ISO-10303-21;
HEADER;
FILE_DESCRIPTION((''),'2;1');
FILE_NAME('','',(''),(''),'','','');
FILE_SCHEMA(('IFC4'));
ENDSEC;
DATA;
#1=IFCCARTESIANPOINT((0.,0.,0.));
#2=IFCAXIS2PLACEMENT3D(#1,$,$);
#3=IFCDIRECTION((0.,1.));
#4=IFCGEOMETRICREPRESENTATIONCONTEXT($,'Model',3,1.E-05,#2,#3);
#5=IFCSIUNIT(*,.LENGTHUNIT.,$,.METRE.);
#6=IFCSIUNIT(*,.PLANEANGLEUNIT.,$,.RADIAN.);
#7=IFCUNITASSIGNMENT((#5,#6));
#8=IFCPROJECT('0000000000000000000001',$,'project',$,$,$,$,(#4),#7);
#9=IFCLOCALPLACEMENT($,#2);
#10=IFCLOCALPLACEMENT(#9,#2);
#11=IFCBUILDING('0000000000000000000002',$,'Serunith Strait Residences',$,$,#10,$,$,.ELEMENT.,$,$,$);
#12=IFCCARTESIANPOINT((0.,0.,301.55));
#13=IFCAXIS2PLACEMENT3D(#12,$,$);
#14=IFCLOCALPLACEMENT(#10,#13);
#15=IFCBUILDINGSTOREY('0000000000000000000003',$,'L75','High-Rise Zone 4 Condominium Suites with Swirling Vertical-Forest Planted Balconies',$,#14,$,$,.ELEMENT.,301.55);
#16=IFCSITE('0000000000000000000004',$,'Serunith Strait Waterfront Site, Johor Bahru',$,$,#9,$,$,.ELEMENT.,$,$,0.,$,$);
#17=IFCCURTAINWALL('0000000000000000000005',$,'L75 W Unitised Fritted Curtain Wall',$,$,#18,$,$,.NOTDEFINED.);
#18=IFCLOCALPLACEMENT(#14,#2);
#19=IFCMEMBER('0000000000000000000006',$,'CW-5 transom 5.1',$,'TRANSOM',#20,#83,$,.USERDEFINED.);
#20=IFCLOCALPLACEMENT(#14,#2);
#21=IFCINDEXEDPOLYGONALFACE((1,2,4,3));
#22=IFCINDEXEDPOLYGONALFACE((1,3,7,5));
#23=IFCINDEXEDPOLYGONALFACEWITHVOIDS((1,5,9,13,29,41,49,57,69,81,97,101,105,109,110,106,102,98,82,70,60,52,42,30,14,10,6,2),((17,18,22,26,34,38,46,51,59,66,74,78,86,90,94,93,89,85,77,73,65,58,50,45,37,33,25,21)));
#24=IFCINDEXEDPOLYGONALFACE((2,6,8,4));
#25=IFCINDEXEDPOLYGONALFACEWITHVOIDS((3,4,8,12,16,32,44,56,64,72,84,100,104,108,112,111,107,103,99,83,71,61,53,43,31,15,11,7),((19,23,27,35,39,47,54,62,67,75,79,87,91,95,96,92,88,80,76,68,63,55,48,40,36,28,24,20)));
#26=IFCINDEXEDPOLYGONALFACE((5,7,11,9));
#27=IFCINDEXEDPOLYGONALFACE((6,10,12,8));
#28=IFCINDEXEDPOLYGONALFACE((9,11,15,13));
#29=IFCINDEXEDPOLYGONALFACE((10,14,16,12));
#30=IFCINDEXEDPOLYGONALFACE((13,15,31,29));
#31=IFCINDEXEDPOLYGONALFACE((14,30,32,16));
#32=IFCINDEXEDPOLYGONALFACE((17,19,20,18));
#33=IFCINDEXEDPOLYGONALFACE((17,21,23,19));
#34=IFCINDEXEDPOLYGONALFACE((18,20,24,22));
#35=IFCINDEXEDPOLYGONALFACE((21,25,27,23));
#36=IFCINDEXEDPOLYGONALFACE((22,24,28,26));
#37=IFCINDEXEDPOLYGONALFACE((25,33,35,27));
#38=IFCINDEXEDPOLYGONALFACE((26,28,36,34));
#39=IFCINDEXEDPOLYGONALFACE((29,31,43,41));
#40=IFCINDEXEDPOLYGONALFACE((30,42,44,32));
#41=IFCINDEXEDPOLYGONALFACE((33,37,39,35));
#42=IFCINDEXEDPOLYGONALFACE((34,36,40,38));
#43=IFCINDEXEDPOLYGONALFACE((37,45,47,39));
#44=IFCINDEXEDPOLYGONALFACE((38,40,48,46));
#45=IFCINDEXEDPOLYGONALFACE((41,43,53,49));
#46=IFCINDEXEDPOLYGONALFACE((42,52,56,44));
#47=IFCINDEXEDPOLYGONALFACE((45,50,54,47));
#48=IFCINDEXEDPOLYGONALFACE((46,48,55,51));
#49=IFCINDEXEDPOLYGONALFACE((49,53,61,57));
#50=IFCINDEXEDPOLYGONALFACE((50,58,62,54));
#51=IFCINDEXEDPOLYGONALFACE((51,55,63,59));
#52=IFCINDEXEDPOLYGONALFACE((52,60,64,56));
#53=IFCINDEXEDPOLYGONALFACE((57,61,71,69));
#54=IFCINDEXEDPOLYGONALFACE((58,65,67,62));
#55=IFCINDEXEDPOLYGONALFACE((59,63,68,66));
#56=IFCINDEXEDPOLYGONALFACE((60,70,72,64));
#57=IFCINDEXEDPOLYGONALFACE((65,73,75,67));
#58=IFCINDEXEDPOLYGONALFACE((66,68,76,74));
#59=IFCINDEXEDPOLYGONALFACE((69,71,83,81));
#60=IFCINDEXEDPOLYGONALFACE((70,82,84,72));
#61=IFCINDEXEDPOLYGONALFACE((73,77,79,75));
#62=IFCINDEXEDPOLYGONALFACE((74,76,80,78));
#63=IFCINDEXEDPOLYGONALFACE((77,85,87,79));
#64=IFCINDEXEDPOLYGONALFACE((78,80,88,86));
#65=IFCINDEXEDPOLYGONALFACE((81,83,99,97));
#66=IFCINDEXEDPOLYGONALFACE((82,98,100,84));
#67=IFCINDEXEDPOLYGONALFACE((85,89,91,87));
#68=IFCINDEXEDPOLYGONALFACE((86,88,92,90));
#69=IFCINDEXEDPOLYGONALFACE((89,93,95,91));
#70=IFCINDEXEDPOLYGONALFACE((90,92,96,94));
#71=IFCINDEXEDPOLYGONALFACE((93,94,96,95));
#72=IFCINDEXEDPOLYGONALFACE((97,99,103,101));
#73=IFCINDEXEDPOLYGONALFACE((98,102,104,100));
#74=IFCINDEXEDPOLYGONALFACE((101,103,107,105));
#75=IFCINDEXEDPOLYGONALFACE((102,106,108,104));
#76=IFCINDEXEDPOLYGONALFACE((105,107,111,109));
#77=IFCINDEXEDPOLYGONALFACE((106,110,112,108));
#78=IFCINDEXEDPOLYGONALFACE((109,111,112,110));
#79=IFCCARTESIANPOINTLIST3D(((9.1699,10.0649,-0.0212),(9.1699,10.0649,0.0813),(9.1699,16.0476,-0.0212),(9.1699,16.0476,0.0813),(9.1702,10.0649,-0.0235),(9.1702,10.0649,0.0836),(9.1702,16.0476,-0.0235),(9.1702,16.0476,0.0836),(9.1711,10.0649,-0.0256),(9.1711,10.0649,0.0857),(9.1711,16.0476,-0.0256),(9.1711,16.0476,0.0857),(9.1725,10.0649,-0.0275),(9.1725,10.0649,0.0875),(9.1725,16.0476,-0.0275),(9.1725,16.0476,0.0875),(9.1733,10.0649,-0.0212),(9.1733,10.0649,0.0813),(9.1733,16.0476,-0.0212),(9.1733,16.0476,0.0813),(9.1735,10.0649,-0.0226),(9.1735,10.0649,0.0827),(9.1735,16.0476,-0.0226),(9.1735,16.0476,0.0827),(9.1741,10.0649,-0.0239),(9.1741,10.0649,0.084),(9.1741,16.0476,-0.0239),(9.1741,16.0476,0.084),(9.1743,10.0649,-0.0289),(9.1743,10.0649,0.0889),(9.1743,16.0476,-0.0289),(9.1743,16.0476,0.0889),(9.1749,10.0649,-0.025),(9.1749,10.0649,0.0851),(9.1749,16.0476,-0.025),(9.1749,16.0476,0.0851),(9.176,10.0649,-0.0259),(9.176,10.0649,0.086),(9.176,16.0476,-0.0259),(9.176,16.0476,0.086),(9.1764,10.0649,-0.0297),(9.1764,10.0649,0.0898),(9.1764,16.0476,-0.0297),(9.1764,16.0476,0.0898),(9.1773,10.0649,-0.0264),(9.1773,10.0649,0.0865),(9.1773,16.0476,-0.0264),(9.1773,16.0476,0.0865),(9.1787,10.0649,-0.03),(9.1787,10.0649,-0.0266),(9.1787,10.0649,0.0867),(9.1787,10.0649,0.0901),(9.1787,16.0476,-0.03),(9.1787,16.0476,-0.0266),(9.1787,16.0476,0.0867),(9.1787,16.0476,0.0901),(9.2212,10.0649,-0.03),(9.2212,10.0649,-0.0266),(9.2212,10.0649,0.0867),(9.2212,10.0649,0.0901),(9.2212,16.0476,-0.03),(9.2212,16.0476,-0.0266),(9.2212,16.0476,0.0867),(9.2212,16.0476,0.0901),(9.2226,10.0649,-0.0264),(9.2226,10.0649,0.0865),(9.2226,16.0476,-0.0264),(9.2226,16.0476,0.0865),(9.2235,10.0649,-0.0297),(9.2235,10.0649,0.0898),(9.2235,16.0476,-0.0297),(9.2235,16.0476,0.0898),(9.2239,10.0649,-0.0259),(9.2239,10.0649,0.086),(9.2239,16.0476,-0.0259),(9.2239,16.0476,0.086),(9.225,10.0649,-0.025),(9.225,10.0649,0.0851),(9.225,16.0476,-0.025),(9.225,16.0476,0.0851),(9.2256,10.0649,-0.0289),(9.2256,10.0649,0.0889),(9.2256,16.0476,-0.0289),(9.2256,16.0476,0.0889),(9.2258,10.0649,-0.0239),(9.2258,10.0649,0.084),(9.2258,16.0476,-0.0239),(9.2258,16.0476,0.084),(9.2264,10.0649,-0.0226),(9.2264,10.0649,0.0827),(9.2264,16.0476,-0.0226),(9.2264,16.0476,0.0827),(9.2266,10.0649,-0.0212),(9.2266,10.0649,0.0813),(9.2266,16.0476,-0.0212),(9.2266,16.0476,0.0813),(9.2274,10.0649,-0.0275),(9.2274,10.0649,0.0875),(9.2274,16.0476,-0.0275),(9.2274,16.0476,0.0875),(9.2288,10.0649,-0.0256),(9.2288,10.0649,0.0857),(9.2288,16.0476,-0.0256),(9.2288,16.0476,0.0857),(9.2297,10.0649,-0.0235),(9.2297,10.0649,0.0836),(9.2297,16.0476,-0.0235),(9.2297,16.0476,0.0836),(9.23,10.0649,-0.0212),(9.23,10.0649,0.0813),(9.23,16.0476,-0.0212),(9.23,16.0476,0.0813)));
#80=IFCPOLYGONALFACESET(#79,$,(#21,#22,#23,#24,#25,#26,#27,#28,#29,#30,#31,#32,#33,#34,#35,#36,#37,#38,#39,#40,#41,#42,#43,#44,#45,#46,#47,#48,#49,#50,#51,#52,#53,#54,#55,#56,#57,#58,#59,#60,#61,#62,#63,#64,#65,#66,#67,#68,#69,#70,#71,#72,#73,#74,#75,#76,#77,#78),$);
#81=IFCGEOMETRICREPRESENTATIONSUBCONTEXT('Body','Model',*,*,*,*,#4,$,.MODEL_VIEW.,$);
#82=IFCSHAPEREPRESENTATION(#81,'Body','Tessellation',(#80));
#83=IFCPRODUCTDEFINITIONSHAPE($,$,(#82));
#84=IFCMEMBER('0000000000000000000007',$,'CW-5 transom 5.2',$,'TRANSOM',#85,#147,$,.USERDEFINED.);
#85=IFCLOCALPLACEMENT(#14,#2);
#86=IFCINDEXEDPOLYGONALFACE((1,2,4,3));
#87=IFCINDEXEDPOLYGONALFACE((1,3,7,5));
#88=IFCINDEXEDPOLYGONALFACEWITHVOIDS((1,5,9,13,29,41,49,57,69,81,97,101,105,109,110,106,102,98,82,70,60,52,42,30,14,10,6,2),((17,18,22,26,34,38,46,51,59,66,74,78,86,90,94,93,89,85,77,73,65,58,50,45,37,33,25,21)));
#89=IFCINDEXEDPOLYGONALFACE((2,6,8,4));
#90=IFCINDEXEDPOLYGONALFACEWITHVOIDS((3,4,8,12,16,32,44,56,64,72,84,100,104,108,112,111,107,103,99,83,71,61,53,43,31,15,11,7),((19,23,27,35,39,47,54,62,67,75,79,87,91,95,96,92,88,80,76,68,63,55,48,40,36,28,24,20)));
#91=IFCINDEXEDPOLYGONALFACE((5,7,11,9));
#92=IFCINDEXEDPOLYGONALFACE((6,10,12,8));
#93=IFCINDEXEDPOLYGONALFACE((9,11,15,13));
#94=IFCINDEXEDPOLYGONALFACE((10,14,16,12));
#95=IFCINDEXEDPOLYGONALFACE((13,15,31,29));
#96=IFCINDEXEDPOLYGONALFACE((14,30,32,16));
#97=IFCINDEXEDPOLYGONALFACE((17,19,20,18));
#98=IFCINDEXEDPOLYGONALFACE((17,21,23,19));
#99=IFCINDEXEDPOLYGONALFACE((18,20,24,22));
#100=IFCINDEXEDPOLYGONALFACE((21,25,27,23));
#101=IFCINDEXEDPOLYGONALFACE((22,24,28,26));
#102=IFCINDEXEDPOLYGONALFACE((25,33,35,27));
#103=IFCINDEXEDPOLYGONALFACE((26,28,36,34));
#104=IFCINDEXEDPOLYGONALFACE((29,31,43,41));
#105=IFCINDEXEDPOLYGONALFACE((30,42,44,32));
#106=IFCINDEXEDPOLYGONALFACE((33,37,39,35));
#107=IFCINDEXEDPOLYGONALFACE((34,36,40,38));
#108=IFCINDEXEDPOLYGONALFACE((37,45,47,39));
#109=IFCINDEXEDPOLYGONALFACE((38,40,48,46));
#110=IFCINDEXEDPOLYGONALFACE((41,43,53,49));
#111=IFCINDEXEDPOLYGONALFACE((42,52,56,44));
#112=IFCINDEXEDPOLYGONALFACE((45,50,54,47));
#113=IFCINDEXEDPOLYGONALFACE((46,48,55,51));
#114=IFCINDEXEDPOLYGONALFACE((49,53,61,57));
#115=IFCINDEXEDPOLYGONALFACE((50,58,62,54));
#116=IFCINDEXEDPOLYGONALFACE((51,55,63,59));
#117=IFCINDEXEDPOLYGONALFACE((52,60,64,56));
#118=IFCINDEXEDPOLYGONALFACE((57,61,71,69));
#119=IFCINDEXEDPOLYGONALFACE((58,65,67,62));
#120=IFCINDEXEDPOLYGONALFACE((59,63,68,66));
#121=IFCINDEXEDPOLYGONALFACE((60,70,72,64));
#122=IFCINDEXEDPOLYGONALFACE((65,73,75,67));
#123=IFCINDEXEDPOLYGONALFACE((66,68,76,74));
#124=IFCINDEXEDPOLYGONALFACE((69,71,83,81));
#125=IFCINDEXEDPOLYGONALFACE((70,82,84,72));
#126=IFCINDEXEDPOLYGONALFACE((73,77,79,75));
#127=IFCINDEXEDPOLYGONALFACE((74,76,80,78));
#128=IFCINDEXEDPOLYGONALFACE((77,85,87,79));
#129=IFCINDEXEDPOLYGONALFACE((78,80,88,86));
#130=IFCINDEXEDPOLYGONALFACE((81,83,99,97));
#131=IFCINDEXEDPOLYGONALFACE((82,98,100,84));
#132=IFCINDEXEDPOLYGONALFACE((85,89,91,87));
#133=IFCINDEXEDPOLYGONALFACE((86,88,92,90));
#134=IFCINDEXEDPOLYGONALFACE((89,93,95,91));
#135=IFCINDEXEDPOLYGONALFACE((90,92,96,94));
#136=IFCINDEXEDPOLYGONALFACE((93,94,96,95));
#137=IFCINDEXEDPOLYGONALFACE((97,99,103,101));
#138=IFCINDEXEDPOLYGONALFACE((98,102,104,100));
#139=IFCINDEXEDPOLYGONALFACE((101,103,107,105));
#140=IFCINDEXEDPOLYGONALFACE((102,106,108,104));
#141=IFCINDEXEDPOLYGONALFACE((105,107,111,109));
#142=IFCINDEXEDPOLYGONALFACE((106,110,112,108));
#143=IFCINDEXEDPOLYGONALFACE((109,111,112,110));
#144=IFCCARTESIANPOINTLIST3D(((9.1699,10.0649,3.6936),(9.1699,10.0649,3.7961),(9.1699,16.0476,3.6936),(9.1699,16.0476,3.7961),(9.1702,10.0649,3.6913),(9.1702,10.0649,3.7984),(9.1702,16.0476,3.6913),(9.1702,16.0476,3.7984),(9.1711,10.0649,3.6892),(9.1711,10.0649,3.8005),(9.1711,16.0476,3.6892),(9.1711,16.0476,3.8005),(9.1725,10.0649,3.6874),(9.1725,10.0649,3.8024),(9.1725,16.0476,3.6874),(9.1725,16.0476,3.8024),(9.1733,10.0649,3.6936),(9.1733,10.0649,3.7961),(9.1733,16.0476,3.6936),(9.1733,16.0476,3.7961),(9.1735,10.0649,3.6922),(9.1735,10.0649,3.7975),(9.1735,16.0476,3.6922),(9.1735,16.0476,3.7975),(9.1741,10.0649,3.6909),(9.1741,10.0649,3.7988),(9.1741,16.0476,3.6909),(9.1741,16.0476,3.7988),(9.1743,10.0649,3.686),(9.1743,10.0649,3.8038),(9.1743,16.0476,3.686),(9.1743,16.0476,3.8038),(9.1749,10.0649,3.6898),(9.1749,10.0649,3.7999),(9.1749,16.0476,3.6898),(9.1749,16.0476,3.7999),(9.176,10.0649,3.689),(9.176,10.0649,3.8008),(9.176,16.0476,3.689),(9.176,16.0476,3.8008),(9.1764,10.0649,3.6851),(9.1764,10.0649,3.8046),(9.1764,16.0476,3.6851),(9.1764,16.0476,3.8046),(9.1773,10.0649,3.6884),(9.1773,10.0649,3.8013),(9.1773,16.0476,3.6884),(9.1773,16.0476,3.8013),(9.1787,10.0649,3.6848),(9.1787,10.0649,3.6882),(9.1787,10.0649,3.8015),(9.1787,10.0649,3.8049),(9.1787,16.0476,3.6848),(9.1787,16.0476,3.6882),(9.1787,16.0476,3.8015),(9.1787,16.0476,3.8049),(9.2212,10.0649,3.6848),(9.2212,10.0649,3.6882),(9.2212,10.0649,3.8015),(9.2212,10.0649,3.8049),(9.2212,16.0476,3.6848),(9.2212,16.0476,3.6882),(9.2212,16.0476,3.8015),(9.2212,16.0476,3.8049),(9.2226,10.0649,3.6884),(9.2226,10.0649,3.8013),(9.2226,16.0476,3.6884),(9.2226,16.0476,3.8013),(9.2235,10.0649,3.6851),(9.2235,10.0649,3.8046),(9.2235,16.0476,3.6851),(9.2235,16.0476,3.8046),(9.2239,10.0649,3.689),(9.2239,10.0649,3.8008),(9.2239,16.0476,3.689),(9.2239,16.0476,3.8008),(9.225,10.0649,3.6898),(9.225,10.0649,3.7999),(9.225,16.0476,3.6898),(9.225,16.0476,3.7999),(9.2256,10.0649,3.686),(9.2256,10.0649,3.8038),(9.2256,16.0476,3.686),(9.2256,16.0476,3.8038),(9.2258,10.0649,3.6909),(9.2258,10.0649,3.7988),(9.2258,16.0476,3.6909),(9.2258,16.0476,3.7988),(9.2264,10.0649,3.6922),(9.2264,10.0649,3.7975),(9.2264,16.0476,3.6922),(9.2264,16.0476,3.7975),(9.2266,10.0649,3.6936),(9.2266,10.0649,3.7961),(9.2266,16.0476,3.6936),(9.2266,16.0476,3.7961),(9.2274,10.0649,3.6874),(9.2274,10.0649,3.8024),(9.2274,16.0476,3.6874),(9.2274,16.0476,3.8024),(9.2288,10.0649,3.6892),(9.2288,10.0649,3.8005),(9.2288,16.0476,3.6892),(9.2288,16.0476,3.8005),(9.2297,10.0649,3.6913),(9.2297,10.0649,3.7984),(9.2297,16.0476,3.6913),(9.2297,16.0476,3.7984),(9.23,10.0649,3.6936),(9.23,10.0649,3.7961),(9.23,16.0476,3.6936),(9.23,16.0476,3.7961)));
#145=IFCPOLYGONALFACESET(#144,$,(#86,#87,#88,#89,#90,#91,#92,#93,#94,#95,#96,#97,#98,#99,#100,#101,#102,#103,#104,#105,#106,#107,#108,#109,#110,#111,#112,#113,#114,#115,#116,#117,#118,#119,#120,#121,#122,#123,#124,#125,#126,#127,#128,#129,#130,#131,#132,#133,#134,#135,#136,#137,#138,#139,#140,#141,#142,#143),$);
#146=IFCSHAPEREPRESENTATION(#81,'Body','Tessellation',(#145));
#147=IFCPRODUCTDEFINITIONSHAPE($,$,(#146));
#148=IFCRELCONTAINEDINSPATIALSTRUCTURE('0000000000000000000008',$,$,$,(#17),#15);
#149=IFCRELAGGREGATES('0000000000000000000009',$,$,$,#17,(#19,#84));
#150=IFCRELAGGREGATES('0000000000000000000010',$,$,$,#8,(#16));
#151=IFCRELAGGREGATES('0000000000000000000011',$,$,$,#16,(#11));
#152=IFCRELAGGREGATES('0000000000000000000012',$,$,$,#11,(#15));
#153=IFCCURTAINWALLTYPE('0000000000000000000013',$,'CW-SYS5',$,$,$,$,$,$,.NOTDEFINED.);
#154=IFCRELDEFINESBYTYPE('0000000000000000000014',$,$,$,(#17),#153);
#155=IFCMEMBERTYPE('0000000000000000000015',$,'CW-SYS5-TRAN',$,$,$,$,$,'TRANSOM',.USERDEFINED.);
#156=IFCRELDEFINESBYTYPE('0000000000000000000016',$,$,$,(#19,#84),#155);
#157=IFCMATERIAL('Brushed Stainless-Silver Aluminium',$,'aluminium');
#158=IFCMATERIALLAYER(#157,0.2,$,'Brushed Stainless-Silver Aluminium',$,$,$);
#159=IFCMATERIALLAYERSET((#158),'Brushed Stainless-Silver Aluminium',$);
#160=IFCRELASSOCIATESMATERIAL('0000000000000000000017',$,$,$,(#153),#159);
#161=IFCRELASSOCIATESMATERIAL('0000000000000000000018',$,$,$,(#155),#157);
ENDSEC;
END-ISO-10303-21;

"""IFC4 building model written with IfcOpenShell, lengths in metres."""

from ifc_helpers import new_model, si_unit, direction, frame, origin, origin_2d, place, context, subcontext, project, spatial, hollow_rectangle, extrude, source, transform, mapped, material, layer, layer_set, material_profile, profile_set, type_object, element, aggregate, save


model = new_model("IFC4")

# Units and contexts
model_context = context("Model", 3, precision=1e-05, world=origin(), true_north=direction((0.0, 1.0)))
body_context = subcontext(model_context, "Body", "Model", "MODEL_VIEW")
ifc_project = project(units=[si_unit("LENGTHUNIT", "METRE"), si_unit("PLANEANGLEUNIT", "RADIAN")], contexts=[model_context])

# Site, building, storey
site_placement = place(None, origin())
site = spatial("IfcSite", under=ifc_project, at=site_placement, Name="Serunith Strait Waterfront Site, Johor Bahru", CompositionType="ELEMENT", RefElevation=0.0)
building_placement = place(site_placement, origin())
building = spatial("IfcBuilding", under=site, at=building_placement, Name="Serunith Strait Residences", CompositionType="ELEMENT")
storey_placement = place(building_placement, frame((0.0, 0.0, 301.55)))
storey = spatial("IfcBuildingStorey", under=building, at=storey_placement, Name="L75", Description="High-Rise Zone 4 Condominium Suites with Swirling Vertical-Forest Planted Balconies", CompositionType="ELEMENT", Elevation=301.55)

# Curtain wall, members
ifc_material_1 = material(Name="Brushed Stainless-Silver Aluminium", Category="aluminium")
ifc_layer_1 = layer(ifc_material_1, 0.2, Name="Brushed Stainless-Silver Aluminium")
ifc_layer_set_1 = layer_set([ifc_layer_1], Name="Brushed Stainless-Silver Aluminium")
curtain_wall_type = type_object("IfcCurtainWallType", Name="CW-SYS5", PredefinedType="NOTDEFINED", material=ifc_layer_set_1)
curtain_wall_placement = place(storey_placement, origin())
curtain_wall = element("IfcCurtainWall", 1, at=curtain_wall_placement, inside=storey, type_object=curtain_wall_type, Name="L75 W Unitised Fritted Curtain Wall", PredefinedType="NOTDEFINED")
ifc_material_profile_1 = material_profile(ifc_material_1, hollow_rectangle(XDim=0.0601, YDim=0.1201, WallThickness=0.0034, InnerFilletRadius=0.0054, OuterFilletRadius=0.0088, at=origin_2d()), Name="ALU 120x60x3.5")
ifc_profile_set_1 = profile_set([ifc_material_profile_1], Name="Brushed Stainless-Silver Aluminium")
member_type_1 = type_object("IfcMemberType", Name="CW-SYS5-TRAN", ElementType="TRANSOM", PredefinedType="USERDEFINED", material=ifc_profile_set_1)
shared_shape_1 = source(origin(), body_context, "Body", "SweptSolid", [
    extrude(hollow_rectangle(XDim=0.0601, YDim=0.1201, WallThickness=0.0034, InnerFilletRadius=0.0054, OuterFilletRadius=0.0088, at=origin_2d()), origin(), (0.0, 0.0, 1.0), 5.9827),
])
member_1_placement = place(storey_placement, frame((9.2, 16.0476, 0.03), z_axis=(0.0, -1.0, 0.0), x_axis=(1.0, 0.0, 0.0)))
member_1 = element("IfcMember", 2, at=member_1_placement, type_object=member_type_1, Name="CW-5 transom 5.1", ObjectType="TRANSOM", PredefinedType="USERDEFINED", context=body_context, shape_type="MappedRepresentation", body=[
    mapped(shared_shape_1, transform((0.0, 0.0, 0.0), scale=1.0)),
])
member_2_placement = place(storey_placement, frame((9.2, 16.0476, 3.7449), z_axis=(0.0, -1.0, 0.0), x_axis=(1.0, 0.0, 0.0)))
member_2 = element("IfcMember", 3, at=member_2_placement, type_object=member_type_1, Name="CW-5 transom 5.2", ObjectType="TRANSOM", PredefinedType="USERDEFINED", context=body_context, shape_type="MappedRepresentation", body=[
    mapped(shared_shape_1, transform((0.0, 0.0, 0.0), scale=1.0)),
])
aggregate(curtain_wall, [member_1, member_2])

save(model, "model.ifc")
